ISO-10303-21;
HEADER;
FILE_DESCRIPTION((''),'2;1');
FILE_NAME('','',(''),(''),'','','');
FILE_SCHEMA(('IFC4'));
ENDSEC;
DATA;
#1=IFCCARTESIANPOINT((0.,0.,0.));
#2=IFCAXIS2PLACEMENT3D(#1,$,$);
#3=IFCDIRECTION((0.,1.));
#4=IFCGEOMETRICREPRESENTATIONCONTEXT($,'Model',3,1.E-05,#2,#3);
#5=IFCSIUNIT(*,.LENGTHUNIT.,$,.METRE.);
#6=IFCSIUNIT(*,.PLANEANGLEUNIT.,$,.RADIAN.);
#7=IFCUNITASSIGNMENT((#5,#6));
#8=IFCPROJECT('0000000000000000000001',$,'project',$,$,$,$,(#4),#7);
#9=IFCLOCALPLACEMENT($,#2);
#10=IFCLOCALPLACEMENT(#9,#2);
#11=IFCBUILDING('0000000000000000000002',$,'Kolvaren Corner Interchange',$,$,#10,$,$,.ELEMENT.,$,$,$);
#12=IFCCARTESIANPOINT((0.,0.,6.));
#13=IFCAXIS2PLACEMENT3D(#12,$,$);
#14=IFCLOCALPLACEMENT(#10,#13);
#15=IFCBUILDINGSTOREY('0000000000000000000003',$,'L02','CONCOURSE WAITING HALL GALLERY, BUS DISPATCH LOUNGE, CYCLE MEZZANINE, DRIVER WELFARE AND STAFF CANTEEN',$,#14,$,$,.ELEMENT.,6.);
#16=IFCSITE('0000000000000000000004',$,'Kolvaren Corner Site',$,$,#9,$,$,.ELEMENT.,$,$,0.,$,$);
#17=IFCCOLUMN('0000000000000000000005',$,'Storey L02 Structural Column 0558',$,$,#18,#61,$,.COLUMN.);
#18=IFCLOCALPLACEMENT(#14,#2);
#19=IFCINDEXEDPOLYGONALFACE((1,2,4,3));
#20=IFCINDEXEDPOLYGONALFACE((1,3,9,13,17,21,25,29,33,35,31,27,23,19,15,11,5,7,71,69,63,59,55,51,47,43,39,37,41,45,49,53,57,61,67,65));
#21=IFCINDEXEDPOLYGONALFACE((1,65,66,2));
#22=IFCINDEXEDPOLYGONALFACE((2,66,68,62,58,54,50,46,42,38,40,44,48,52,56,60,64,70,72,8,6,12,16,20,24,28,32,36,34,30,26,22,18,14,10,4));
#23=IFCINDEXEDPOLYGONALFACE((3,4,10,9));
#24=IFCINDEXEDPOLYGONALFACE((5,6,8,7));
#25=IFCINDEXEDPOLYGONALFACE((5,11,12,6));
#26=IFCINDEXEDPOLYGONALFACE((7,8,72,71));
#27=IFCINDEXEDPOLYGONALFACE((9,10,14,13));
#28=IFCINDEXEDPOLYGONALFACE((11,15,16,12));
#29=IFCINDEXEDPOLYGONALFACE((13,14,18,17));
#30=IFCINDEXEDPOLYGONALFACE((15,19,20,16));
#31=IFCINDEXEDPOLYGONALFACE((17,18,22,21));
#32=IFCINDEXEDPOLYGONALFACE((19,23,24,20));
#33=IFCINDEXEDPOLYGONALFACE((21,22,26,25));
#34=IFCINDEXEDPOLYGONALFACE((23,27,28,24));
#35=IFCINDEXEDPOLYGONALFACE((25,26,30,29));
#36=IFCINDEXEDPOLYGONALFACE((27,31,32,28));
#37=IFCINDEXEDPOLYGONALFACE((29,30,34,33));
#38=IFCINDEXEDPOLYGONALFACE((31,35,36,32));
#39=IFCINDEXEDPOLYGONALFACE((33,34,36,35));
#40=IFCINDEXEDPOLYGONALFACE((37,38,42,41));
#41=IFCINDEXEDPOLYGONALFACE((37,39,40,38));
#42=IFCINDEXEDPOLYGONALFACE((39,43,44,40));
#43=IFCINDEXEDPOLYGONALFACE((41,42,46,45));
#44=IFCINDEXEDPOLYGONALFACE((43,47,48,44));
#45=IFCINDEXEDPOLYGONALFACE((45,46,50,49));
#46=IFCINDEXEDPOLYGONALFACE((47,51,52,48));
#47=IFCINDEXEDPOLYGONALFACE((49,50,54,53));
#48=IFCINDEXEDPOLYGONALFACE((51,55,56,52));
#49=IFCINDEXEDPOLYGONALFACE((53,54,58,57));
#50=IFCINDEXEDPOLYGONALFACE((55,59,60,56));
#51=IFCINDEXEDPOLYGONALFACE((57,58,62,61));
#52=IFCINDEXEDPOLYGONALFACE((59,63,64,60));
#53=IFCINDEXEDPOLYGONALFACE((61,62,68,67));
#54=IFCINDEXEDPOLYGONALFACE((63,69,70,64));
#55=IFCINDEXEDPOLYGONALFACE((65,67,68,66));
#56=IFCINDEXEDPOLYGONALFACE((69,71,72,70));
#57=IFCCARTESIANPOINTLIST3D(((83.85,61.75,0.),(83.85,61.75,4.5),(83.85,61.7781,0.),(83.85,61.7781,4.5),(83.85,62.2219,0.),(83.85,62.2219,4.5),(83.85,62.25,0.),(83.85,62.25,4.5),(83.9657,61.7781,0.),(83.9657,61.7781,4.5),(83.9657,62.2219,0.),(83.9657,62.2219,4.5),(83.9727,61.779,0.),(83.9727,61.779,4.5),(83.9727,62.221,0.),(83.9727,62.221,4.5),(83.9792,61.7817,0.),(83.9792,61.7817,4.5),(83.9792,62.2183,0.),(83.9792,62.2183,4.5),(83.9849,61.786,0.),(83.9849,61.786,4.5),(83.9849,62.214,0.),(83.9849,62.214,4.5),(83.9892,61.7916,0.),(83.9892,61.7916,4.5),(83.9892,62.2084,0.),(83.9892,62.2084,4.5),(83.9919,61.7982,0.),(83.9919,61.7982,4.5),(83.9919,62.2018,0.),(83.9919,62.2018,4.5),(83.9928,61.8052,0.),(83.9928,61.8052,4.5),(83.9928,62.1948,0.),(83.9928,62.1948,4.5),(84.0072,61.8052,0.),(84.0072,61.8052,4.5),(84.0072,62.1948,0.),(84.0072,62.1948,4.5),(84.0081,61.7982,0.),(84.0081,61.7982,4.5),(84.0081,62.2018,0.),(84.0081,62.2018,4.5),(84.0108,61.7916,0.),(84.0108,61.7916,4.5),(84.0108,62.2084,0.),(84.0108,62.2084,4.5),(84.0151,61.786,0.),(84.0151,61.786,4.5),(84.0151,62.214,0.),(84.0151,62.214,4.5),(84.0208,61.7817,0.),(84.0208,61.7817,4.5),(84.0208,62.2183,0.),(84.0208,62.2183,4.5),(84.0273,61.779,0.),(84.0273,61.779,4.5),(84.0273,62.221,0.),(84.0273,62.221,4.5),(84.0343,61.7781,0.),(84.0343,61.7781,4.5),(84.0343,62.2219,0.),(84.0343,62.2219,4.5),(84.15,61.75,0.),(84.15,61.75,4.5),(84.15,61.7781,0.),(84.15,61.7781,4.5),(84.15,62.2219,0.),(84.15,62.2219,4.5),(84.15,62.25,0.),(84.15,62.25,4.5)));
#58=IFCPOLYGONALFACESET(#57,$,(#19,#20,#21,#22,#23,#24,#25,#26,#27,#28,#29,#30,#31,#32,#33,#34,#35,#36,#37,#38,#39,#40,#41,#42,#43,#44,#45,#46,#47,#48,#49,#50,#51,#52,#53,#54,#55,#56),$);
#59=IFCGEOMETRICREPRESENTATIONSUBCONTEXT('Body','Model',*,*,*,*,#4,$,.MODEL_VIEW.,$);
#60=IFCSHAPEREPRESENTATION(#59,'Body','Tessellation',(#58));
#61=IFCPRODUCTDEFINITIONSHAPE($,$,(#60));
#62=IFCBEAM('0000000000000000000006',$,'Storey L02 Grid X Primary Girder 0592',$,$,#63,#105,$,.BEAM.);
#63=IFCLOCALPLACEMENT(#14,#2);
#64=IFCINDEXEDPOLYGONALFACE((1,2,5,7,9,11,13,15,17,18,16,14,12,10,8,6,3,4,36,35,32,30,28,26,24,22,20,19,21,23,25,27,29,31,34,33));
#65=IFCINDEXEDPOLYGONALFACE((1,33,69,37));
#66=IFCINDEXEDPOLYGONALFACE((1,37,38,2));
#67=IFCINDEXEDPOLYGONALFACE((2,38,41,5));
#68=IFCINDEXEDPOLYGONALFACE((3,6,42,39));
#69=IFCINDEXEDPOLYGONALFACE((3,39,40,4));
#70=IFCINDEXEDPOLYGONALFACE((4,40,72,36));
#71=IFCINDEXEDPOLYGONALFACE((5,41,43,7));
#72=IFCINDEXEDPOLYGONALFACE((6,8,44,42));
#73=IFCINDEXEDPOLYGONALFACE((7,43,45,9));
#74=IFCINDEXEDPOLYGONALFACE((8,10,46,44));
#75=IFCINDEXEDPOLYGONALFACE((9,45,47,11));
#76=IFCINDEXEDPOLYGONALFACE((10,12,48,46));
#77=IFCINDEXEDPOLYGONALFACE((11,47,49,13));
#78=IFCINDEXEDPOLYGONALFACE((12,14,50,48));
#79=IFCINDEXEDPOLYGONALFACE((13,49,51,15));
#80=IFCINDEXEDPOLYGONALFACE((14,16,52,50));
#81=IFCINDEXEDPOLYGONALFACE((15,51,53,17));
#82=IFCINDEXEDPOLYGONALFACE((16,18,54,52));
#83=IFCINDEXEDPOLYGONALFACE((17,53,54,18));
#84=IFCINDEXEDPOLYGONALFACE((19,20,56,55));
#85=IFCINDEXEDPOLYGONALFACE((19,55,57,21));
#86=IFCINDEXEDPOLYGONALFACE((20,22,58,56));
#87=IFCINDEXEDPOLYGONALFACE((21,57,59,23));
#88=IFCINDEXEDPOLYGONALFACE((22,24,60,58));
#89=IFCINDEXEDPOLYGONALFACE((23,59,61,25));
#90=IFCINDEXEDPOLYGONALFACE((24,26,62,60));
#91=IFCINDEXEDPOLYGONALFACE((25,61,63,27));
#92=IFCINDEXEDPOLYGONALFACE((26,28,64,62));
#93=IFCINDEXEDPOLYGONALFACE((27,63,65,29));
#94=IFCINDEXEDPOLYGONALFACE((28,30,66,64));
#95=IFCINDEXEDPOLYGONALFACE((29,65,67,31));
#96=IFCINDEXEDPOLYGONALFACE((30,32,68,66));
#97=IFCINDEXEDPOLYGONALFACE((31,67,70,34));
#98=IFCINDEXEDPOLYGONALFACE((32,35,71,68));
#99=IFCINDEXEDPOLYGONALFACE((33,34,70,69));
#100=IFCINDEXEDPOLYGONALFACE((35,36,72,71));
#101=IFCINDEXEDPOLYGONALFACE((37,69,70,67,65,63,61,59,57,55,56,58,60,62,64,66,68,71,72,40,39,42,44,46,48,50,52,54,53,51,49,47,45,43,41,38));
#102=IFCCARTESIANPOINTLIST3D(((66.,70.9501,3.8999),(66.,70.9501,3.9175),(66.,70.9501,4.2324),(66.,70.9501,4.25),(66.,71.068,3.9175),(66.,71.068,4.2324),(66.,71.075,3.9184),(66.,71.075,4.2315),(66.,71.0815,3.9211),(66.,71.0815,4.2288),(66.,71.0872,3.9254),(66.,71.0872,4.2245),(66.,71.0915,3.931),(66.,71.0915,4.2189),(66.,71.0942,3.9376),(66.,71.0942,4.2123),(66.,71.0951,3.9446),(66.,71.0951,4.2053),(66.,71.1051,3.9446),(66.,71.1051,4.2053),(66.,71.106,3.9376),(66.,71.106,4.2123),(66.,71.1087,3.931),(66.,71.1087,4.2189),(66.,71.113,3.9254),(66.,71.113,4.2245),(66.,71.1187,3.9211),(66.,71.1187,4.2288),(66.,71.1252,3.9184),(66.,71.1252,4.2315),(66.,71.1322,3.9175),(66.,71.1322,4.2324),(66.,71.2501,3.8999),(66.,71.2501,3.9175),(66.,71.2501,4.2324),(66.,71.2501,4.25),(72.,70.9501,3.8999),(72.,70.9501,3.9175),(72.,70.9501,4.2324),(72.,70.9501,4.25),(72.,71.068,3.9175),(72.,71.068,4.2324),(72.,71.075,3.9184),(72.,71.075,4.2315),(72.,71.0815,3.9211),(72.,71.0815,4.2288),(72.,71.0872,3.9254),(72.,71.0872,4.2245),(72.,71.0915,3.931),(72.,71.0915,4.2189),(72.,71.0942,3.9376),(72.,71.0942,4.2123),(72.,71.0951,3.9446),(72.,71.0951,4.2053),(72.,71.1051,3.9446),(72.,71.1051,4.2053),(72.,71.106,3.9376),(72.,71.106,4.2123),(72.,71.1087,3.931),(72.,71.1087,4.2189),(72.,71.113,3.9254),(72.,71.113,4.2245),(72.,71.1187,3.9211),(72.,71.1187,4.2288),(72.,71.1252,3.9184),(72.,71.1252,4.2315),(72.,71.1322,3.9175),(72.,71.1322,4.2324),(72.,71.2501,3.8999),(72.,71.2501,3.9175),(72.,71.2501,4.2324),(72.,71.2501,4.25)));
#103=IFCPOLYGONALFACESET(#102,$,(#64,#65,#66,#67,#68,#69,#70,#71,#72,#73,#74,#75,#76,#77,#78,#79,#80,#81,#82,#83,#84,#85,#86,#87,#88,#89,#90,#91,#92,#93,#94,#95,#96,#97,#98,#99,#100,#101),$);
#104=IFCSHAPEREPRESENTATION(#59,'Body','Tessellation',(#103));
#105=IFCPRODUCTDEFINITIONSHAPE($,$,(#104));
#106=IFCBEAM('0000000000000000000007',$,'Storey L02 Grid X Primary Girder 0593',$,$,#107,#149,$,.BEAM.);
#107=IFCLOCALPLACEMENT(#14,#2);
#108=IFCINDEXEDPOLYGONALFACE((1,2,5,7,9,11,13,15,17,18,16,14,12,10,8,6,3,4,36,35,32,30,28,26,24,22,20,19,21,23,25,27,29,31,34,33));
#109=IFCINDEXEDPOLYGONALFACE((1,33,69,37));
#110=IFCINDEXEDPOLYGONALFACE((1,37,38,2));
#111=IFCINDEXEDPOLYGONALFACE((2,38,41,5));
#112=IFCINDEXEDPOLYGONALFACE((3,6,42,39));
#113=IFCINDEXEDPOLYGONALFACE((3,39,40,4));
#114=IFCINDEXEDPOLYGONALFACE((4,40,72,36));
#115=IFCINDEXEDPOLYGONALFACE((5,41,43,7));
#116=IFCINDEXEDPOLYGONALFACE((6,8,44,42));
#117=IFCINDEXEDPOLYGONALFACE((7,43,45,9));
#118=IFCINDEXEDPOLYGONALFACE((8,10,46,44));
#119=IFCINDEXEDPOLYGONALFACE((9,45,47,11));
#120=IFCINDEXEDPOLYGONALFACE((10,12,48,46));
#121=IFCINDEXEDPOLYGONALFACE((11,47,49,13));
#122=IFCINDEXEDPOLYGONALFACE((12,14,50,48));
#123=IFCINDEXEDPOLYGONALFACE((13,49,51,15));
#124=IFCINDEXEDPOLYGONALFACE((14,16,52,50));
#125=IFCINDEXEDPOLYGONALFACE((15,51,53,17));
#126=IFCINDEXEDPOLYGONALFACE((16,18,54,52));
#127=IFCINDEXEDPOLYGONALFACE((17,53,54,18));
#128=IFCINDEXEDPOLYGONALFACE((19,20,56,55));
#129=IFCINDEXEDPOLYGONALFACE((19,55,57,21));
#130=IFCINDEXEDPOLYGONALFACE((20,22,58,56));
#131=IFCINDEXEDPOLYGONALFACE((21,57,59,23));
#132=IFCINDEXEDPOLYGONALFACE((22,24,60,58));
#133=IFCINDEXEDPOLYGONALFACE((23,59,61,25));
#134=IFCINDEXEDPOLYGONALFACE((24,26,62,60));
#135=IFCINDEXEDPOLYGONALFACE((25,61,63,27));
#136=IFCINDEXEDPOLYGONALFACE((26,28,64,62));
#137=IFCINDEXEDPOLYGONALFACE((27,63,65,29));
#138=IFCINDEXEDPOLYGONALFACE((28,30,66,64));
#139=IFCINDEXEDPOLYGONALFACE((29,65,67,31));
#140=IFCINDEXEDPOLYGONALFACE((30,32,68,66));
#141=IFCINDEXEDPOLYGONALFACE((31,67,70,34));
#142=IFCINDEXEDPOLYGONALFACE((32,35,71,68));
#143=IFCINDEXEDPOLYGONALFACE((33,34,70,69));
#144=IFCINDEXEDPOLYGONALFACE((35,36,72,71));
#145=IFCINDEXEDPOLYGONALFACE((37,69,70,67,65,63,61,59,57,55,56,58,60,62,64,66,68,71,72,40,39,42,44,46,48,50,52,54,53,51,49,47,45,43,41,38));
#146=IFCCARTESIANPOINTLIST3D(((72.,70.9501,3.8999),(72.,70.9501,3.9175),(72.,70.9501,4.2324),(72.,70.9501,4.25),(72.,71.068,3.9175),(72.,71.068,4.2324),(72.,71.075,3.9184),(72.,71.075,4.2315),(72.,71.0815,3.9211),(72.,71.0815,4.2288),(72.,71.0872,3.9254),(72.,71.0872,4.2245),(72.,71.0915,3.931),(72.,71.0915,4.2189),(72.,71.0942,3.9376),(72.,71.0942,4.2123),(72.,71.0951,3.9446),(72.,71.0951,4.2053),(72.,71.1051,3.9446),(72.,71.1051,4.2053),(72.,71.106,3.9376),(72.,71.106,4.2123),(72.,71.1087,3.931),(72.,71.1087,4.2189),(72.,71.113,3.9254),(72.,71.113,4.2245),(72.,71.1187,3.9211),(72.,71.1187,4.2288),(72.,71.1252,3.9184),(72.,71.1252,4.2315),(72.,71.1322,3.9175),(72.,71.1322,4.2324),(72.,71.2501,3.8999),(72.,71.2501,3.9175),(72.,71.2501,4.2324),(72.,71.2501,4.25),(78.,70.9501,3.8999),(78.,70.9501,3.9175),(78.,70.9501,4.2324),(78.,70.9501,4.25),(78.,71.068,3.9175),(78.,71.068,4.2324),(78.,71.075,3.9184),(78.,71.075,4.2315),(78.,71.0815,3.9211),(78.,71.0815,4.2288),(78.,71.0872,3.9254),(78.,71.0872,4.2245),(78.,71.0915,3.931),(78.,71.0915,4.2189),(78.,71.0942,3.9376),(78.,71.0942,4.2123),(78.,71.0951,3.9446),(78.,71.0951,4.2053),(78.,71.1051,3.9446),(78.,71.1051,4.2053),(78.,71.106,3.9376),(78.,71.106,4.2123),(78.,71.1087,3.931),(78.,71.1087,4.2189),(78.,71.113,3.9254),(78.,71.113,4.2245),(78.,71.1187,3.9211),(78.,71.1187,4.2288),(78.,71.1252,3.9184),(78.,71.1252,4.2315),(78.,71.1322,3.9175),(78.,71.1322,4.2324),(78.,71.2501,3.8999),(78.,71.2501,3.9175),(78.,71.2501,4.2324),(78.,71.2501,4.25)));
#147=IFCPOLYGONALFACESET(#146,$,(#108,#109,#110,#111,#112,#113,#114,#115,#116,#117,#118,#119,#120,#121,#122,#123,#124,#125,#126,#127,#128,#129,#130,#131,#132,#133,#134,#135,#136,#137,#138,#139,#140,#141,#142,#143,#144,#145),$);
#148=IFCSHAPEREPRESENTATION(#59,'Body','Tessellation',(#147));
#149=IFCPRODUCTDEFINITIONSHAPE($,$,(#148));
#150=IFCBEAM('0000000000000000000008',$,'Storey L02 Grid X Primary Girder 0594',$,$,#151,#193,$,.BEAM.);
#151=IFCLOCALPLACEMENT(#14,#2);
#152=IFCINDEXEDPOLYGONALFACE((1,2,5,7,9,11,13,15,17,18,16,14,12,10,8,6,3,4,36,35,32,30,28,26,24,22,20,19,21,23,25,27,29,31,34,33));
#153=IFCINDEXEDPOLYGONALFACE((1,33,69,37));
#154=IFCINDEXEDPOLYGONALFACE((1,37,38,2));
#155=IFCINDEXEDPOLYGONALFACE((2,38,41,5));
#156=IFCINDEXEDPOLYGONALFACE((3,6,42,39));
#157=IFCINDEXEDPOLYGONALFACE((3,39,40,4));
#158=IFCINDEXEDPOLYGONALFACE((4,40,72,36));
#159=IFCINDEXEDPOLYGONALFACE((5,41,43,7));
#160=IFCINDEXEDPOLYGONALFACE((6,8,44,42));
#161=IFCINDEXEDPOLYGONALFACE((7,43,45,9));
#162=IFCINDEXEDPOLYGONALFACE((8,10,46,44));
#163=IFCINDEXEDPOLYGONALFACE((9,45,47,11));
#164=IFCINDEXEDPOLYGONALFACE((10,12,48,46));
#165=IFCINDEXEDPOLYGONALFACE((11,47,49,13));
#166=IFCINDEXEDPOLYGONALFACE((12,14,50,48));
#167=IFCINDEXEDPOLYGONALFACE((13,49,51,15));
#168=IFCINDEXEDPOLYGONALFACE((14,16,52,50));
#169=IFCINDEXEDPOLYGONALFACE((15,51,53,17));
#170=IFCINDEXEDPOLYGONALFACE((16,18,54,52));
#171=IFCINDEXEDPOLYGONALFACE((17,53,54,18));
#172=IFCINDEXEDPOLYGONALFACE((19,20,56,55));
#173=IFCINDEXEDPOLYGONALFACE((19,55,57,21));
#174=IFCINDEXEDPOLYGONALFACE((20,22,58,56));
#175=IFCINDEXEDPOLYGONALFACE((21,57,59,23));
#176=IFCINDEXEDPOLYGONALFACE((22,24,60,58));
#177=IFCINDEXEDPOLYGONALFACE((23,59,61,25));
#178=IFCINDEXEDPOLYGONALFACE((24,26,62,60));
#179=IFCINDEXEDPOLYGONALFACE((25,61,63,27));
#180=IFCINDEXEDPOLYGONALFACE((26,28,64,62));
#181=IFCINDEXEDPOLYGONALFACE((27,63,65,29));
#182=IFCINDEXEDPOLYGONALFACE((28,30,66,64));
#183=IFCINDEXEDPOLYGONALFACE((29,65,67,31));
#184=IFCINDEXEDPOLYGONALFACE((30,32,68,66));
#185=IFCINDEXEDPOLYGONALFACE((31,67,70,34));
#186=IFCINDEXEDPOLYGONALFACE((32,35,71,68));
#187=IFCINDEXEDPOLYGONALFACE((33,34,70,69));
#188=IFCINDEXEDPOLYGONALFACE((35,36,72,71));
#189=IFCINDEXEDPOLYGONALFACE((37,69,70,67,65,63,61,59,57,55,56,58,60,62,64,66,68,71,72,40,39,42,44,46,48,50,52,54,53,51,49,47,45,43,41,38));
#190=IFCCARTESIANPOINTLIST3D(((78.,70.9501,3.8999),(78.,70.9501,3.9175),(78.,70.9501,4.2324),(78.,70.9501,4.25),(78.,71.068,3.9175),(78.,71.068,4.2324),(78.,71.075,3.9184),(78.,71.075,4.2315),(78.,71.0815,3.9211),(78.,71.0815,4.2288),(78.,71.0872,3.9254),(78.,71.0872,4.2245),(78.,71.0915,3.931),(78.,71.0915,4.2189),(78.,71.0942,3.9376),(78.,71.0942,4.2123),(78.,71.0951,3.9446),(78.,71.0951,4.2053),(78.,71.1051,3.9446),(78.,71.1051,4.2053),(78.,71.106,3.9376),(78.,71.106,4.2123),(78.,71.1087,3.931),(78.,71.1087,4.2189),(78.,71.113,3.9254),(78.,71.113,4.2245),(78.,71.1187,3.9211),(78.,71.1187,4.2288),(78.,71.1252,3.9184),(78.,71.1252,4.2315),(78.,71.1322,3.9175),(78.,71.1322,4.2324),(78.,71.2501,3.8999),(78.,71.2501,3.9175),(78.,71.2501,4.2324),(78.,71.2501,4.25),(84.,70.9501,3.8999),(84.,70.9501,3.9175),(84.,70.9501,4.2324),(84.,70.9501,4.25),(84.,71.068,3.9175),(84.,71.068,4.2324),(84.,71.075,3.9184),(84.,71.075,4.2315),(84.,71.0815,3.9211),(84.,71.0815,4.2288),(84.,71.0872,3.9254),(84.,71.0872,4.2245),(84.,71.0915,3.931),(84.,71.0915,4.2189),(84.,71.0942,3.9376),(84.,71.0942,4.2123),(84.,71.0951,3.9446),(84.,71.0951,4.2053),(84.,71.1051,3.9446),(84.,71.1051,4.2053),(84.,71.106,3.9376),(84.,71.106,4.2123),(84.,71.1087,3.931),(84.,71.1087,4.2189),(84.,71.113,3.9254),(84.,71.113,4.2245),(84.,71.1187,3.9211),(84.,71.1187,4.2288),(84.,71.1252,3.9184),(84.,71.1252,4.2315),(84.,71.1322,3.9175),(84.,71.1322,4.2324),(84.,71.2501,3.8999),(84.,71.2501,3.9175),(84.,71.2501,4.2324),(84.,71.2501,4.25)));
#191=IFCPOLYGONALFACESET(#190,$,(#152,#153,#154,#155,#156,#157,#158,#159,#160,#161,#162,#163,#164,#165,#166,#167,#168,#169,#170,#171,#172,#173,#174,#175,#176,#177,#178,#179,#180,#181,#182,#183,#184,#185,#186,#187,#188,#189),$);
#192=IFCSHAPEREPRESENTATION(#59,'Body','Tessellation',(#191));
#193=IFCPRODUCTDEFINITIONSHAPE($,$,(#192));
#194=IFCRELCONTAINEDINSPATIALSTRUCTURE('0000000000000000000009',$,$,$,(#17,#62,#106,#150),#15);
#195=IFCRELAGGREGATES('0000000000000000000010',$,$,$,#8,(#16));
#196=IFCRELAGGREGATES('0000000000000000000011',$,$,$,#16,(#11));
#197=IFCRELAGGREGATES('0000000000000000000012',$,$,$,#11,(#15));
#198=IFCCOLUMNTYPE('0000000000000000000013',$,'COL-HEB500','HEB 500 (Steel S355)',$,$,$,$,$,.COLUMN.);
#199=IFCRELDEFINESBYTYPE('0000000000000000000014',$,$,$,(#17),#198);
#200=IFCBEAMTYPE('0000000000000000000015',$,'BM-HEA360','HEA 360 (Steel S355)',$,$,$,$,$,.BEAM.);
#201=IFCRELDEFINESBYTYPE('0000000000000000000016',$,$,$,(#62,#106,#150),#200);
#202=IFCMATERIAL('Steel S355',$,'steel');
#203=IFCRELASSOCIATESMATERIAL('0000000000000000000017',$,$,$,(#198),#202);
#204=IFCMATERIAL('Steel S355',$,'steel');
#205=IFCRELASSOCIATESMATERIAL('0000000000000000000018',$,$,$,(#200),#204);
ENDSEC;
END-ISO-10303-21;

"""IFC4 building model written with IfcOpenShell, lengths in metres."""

from ifc_helpers import new_model, si_unit, direction, frame, origin, origin_2d, place, context, subcontext, project, spatial, i_section, extrude, material, material_profile, profile_set, type_object, element, save


model = new_model("IFC4")

# Units and contexts
model_context = context("Model", 3, precision=1e-05, world=origin(), true_north=direction((0.0, 1.0)))
body_context = subcontext(model_context, "Body", "Model", "MODEL_VIEW")
ifc_project = project(units=[si_unit("LENGTHUNIT", "METRE"), si_unit("PLANEANGLEUNIT", "RADIAN")], contexts=[model_context])

# Site, building, storey
site_placement = place(None, origin())
site = spatial("IfcSite", under=ifc_project, at=site_placement, Name="Kolvaren Corner Site", CompositionType="ELEMENT", RefElevation=0.0)
building_placement = place(site_placement, origin())
building = spatial("IfcBuilding", under=site, at=building_placement, Name="Kolvaren Corner Interchange", CompositionType="ELEMENT")
storey_placement = place(building_placement, frame((0.0, 0.0, 6.0)))
storey = spatial("IfcBuildingStorey", under=building, at=storey_placement, Name="L02", Description="CONCOURSE WAITING HALL GALLERY, BUS DISPATCH LOUNGE, CYCLE MEZZANINE, DRIVER WELFARE AND STAFF CANTEEN", CompositionType="ELEMENT", Elevation=6.0)

# Column
ifc_material_1 = material(Name="Steel S355", Category="steel")
ifc_material_profile_1 = material_profile(ifc_material_1, i_section(OverallWidth=0.3, OverallDepth=0.5, WebThickness=0.0144, FlangeThickness=0.0281, FilletRadius=0.0271, at=origin_2d()), Name="HEB 500")
ifc_profile_set_1 = profile_set([ifc_material_profile_1], Name="Steel S355")
column_type_1 = type_object("IfcColumnType", Name="COL-HEB500", Description="HEB 500 (Steel S355)", PredefinedType="COLUMN", material=ifc_profile_set_1)
for number, where, z_axis, x_axis, name in (
    (1, (84.0, 62.0, 0.0), (0.0, 0.0, 1.0), (1.0, 0.0, 0.0), "Storey L02 Structural Column 0558"),
):
    element("IfcColumn", number, at=place(storey_placement, frame(where, z_axis=z_axis, x_axis=x_axis)), inside=storey, type_object=column_type_1, Name=name, PredefinedType="COLUMN", context=body_context, shape_type="SweptSolid", body=[
        extrude(i_section(OverallWidth=0.3, OverallDepth=0.5, WebThickness=0.0144, FlangeThickness=0.0281, FilletRadius=0.0271, at=origin_2d()), origin(), (0.0, 0.0, 1.0), 4.5),
    ])

# Beams
ifc_material_2 = material(Name="Steel S355", Category="steel")
ifc_material_profile_2 = material_profile(ifc_material_2, i_section(OverallWidth=0.3, OverallDepth=0.3501, WebThickness=0.01, FlangeThickness=0.0176, FilletRadius=0.0271, at=origin_2d()), Name="HEA 360")
ifc_profile_set_2 = profile_set([ifc_material_profile_2], Name="Steel S355")
beam_type = type_object("IfcBeamType", Name="BM-HEA360", Description="HEA 360 (Steel S355)", PredefinedType="BEAM", material=ifc_profile_set_2)
for number, where, z_axis, x_axis, name in (
    (2, (66.0, 71.1001, 4.075), (1.0, 0.0, 0.0), (0.0, 1.0, 0.0), "Storey L02 Grid X Primary Girder 0592"),
    (3, (72.0, 71.1001, 4.075), (1.0, 0.0, 0.0), (0.0, 1.0, 0.0), "Storey L02 Grid X Primary Girder 0593"),
    (4, (78.0, 71.1001, 4.075), (1.0, 0.0, 0.0), (0.0, 1.0, 0.0), "Storey L02 Grid X Primary Girder 0594"),
):
    element("IfcBeam", number, at=place(storey_placement, frame(where, z_axis=z_axis, x_axis=x_axis)), inside=storey, type_object=beam_type, Name=name, PredefinedType="BEAM", context=body_context, shape_type="SweptSolid", body=[
        extrude(i_section(OverallWidth=0.3, OverallDepth=0.3501, WebThickness=0.01, FlangeThickness=0.0176, FilletRadius=0.0271, at=origin_2d()), origin(), (0.0, 0.0, 1.0), 6.0),
    ])

save(model, "model.ifc")
